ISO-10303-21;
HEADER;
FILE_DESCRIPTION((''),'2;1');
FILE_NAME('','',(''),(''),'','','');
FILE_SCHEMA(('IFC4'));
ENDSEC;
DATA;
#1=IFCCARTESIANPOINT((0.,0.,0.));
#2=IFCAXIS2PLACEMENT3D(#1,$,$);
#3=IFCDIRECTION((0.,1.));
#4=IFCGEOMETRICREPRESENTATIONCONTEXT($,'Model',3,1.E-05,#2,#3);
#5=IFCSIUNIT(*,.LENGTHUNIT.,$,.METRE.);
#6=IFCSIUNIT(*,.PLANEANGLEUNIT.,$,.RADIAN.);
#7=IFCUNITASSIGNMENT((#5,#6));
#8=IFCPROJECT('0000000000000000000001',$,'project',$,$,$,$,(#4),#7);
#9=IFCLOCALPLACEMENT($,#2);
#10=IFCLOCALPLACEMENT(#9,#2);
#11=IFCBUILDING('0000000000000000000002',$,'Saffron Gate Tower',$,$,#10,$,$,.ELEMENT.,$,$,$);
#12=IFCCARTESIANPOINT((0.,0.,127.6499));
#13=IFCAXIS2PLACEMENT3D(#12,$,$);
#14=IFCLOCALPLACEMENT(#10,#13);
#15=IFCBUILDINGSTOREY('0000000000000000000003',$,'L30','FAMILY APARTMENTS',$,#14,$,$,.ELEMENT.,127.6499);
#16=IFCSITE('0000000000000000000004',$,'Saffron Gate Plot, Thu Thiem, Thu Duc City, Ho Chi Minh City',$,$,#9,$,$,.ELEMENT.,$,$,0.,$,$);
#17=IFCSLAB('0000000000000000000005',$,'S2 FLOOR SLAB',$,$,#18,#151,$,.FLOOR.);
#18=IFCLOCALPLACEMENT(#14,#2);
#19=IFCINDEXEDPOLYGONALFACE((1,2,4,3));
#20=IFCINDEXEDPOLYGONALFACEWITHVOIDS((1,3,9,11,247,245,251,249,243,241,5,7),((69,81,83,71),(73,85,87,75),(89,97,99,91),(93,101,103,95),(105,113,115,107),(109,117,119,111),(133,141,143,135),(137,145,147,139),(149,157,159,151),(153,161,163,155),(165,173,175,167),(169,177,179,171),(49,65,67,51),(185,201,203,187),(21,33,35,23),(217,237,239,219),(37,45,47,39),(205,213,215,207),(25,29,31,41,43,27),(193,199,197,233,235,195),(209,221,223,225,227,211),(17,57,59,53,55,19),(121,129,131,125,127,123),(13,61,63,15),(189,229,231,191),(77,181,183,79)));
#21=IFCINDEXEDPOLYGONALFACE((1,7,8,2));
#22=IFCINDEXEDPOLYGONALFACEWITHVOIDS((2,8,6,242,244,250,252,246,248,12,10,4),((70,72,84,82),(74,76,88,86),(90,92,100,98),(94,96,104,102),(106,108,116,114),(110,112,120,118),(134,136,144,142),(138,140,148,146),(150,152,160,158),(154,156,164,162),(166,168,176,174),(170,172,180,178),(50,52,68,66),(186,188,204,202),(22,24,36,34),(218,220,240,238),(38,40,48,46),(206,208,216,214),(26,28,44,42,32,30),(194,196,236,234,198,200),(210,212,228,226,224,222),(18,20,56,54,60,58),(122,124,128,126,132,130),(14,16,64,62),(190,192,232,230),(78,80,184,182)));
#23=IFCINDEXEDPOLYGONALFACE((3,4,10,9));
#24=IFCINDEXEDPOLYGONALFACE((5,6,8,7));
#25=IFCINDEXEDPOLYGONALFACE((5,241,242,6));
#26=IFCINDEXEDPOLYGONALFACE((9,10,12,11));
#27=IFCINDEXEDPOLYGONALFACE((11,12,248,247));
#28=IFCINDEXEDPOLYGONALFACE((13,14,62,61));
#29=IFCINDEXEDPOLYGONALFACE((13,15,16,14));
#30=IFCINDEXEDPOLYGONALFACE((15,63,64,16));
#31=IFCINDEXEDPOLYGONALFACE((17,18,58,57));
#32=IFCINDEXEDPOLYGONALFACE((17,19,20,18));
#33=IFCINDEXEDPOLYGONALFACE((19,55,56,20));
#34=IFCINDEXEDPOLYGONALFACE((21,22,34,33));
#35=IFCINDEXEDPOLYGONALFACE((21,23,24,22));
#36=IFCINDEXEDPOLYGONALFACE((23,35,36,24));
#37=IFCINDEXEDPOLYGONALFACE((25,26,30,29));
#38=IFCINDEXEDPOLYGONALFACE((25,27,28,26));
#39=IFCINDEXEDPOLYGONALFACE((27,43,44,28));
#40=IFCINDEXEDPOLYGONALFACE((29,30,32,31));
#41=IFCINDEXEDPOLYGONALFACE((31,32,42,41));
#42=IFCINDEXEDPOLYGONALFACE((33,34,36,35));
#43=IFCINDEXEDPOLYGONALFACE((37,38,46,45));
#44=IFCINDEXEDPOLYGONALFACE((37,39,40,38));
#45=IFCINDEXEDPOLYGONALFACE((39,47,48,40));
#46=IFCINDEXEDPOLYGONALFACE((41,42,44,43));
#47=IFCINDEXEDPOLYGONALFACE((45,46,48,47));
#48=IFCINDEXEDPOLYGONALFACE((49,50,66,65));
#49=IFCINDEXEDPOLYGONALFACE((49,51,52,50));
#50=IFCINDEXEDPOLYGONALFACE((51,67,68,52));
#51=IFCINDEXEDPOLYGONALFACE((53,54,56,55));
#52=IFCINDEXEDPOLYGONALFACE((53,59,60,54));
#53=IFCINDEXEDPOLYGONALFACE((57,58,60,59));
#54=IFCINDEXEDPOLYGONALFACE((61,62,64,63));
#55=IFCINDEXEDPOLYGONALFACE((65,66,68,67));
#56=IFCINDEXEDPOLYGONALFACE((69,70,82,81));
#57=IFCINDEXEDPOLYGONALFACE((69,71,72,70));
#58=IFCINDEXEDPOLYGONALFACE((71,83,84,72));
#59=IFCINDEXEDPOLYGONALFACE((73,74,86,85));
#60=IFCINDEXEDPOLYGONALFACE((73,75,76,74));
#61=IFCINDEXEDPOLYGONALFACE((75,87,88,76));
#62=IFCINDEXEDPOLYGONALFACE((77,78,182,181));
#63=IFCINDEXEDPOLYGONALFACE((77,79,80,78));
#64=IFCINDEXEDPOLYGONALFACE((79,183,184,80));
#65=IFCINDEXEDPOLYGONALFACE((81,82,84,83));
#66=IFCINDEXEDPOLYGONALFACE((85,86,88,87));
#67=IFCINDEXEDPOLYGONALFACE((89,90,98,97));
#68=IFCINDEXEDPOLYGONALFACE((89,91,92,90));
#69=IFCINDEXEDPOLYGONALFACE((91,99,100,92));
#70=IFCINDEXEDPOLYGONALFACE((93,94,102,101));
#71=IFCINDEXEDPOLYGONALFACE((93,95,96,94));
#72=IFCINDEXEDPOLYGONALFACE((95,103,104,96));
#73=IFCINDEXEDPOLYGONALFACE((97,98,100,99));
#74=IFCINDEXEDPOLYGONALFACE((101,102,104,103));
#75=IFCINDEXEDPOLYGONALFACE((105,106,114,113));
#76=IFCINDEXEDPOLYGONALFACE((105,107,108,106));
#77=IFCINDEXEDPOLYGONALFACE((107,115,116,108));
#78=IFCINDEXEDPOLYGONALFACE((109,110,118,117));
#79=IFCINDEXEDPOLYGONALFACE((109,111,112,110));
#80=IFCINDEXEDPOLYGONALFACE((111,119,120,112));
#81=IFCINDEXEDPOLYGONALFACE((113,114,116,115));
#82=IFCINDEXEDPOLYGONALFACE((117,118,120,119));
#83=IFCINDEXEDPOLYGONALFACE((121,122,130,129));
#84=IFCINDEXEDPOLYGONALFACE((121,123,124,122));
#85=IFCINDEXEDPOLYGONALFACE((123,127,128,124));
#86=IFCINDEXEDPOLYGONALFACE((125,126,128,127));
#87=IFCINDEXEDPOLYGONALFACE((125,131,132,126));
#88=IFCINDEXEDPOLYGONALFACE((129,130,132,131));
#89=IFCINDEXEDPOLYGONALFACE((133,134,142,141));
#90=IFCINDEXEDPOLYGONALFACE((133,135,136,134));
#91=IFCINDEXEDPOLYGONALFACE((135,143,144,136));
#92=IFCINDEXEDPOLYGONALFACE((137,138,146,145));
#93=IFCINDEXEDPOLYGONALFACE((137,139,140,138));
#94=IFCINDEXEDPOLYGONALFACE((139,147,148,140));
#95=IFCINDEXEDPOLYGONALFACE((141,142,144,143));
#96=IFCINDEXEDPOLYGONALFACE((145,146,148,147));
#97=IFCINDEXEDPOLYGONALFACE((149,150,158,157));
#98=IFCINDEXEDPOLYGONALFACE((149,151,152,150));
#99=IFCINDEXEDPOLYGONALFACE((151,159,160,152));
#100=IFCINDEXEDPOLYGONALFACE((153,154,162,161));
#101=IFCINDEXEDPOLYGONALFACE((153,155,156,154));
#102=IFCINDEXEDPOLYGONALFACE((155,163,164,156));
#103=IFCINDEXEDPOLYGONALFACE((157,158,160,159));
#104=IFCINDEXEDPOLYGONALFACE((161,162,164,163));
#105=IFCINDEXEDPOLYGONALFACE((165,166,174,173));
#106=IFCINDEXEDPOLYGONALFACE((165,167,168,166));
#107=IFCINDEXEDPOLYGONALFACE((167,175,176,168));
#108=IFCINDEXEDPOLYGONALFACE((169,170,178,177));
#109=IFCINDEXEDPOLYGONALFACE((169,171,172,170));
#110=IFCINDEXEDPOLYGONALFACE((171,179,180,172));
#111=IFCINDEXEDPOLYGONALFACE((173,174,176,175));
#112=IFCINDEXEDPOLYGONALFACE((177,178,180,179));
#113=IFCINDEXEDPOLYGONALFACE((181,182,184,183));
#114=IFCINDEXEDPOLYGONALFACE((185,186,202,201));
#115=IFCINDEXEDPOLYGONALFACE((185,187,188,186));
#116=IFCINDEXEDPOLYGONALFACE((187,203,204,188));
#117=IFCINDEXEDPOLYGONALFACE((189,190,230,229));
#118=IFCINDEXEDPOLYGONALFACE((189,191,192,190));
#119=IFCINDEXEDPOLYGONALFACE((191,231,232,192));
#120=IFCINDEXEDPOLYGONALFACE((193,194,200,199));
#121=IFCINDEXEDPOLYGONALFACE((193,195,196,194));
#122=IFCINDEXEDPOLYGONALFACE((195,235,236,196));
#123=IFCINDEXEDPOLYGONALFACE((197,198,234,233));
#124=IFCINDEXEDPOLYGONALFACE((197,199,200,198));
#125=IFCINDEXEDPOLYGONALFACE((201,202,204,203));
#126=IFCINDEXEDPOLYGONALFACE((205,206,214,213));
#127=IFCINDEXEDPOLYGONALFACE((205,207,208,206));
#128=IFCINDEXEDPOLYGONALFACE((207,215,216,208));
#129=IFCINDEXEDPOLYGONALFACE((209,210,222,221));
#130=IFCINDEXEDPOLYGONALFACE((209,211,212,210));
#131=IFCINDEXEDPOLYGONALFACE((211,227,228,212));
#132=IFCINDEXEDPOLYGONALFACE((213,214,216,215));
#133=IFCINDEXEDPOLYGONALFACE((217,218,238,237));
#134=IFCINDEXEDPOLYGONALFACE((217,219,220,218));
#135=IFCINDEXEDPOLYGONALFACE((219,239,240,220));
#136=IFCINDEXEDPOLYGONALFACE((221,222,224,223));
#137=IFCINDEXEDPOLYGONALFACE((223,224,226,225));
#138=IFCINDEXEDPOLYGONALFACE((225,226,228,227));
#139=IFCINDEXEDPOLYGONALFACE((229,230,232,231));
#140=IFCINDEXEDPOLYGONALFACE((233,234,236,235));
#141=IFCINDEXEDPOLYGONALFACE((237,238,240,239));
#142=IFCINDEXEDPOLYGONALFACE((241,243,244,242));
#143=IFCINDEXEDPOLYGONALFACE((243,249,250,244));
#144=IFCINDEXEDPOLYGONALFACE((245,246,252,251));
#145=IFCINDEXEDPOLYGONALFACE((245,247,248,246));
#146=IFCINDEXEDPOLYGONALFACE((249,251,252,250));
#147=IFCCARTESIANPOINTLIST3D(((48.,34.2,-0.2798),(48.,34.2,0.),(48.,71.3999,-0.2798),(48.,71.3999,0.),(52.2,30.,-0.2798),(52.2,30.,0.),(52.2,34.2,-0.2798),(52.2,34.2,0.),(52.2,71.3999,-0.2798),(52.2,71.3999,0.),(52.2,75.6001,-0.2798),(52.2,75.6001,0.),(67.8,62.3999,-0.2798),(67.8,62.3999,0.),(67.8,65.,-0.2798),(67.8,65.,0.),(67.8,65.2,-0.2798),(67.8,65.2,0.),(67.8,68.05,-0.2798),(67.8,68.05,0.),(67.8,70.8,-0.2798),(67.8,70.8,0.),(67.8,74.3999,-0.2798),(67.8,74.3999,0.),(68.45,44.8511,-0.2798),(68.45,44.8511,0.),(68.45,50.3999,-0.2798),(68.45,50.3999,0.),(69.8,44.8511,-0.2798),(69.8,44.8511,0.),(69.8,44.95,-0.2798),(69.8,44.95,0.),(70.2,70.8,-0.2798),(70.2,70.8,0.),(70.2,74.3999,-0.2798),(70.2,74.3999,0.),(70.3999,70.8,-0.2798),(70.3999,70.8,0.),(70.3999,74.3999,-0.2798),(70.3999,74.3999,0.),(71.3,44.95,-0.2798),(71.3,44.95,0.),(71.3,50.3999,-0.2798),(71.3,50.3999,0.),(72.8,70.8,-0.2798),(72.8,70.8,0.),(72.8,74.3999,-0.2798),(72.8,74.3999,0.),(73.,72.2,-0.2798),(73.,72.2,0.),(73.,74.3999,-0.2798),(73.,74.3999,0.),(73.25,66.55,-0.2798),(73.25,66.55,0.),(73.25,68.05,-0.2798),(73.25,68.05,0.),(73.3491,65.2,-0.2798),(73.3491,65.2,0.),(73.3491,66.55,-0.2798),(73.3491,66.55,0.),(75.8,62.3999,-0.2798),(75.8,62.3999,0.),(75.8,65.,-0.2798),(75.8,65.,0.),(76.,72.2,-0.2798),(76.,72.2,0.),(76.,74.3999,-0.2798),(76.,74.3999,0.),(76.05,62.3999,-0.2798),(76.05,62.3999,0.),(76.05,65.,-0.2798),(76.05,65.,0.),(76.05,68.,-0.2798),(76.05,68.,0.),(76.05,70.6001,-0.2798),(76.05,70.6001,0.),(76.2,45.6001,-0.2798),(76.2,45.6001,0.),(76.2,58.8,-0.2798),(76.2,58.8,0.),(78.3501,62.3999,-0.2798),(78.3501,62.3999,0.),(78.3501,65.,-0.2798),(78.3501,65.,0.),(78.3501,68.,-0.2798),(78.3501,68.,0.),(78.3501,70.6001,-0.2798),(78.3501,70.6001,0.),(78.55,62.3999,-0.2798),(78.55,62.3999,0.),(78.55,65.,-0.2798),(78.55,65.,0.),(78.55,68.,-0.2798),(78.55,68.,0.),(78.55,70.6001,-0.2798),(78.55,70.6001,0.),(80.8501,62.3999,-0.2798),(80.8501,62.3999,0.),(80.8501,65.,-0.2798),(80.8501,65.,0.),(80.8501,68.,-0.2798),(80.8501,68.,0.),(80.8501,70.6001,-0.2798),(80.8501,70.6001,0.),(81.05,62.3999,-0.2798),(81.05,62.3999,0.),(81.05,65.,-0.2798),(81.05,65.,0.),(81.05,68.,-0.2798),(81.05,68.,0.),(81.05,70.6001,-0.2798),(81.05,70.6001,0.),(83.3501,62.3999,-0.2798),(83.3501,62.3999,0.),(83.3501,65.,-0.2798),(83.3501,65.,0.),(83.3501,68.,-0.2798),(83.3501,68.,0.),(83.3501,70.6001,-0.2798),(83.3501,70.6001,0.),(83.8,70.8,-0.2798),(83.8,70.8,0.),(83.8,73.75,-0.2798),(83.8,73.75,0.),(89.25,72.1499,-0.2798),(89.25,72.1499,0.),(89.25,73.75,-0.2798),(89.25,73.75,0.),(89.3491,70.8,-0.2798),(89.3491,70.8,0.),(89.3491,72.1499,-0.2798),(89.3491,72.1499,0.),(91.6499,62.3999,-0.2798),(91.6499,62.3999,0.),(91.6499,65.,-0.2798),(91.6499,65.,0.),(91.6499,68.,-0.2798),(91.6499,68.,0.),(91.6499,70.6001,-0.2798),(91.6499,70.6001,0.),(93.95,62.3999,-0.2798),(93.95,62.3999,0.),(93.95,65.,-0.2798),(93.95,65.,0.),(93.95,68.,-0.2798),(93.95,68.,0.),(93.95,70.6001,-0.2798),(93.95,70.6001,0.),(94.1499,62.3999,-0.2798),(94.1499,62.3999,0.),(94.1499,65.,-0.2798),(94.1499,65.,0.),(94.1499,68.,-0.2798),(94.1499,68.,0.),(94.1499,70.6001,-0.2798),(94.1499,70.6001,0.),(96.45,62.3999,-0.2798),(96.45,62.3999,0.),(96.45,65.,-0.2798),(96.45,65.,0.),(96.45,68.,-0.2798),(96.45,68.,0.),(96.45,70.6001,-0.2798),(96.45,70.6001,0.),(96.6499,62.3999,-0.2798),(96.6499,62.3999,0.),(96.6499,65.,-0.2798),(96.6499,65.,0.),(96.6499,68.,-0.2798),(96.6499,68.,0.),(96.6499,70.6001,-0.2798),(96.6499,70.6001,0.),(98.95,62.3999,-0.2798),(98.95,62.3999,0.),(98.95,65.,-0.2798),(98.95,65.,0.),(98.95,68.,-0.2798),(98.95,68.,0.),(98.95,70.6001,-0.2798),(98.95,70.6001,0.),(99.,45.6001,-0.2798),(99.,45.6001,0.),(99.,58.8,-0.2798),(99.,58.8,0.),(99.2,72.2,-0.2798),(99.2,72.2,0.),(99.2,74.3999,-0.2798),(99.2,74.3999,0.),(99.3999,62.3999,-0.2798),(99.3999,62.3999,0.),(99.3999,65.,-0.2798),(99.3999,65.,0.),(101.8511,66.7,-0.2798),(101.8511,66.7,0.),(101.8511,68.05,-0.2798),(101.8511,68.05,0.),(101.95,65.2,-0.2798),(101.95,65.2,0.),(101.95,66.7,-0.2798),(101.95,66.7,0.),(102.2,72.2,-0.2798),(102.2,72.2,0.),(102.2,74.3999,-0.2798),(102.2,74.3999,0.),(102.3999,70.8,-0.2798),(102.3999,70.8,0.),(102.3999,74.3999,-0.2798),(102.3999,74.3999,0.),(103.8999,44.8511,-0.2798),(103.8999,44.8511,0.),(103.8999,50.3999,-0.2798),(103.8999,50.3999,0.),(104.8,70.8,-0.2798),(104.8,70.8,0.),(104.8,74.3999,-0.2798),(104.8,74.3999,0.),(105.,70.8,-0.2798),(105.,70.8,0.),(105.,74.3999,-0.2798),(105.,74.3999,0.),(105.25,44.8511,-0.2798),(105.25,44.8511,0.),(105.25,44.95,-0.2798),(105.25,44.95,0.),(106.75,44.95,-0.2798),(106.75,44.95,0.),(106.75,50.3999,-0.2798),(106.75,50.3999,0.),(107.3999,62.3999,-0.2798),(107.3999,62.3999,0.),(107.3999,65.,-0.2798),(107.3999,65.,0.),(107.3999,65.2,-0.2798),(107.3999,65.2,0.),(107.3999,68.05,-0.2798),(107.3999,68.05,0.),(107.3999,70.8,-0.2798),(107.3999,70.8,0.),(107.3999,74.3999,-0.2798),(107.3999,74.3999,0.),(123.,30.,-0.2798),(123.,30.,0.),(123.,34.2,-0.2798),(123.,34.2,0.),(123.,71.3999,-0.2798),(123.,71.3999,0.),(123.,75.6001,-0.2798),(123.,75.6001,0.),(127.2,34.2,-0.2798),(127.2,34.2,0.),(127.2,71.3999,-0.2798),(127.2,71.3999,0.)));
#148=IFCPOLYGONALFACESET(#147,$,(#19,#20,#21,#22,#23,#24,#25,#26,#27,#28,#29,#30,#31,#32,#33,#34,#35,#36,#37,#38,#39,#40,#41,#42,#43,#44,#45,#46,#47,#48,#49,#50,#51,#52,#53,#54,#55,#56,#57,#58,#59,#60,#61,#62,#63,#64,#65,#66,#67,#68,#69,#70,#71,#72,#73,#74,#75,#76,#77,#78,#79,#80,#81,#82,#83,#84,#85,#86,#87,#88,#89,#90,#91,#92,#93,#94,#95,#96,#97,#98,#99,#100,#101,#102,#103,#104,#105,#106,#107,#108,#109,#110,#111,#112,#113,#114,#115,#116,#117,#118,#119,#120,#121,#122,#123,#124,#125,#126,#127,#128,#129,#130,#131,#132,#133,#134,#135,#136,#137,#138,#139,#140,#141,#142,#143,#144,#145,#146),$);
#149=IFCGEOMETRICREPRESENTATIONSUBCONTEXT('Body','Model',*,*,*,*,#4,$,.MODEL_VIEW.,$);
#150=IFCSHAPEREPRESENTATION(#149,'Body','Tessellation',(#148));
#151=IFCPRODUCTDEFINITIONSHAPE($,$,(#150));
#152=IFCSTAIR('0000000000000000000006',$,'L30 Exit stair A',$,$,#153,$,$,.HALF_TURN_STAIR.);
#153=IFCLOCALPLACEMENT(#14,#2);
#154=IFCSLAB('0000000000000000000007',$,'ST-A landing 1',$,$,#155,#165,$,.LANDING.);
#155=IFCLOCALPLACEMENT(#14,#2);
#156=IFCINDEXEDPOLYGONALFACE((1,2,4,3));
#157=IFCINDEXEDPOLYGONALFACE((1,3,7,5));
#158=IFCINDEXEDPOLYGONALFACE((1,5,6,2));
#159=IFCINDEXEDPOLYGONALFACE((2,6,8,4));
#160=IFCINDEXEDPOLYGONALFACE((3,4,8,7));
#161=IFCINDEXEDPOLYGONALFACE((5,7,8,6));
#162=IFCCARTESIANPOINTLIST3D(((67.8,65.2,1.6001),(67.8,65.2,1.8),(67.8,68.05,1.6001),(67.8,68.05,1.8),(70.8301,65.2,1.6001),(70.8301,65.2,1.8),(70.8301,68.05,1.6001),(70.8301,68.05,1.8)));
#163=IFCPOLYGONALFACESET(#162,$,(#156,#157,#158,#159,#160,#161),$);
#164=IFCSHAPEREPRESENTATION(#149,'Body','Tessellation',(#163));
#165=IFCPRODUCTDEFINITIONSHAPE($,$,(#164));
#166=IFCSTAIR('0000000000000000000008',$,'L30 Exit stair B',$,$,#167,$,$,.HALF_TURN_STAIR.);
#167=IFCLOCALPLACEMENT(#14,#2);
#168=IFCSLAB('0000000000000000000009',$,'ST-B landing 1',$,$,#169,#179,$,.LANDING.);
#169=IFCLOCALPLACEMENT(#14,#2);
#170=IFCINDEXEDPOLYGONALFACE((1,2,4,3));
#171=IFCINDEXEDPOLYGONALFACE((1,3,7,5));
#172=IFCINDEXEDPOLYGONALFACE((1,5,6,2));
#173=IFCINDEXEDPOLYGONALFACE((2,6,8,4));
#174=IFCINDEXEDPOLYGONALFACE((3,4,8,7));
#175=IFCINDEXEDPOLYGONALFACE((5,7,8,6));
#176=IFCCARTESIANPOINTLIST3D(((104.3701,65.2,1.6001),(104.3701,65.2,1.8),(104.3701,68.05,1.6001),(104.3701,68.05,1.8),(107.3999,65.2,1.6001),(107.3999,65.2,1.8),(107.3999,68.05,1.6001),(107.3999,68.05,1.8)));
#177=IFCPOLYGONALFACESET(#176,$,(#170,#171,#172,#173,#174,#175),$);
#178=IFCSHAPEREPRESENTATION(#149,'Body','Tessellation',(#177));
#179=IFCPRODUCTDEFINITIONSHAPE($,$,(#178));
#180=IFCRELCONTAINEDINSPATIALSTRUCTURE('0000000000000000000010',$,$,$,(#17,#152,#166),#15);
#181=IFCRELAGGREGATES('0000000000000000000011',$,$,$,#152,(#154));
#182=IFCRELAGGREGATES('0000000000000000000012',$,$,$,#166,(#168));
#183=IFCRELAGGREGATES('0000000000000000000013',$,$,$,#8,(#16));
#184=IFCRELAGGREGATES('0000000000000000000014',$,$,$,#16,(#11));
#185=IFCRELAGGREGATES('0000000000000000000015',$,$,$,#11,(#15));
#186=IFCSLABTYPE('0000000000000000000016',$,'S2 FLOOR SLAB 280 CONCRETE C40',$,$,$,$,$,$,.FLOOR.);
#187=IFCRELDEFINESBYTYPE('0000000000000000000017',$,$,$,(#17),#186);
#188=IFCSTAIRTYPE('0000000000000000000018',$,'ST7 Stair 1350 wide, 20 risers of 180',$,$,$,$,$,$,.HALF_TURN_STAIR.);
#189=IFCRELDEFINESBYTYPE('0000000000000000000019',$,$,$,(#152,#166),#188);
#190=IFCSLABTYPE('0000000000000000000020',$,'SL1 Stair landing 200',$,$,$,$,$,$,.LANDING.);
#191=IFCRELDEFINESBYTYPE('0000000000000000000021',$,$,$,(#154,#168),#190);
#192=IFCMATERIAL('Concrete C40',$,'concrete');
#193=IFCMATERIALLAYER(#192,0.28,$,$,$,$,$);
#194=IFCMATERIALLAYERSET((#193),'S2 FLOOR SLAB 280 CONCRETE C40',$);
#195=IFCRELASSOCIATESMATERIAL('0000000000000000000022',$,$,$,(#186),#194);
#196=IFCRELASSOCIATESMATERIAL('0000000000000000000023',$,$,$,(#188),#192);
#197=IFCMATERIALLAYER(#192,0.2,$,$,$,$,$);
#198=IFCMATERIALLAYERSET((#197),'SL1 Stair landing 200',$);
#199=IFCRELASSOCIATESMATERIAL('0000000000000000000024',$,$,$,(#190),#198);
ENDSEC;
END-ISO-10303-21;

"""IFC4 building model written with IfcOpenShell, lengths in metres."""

from ifc_helpers import new_model, si_unit, direction, frame, origin, place, context, subcontext, project, spatial, polyline, outline, extrude, material, layer, layer_set, type_object, element, aggregate, save


model = new_model("IFC4")

# Units and contexts
model_context = context("Model", 3, precision=1e-05, world=origin(), true_north=direction((0.0, 1.0)))
body_context = subcontext(model_context, "Body", "Model", "MODEL_VIEW")
ifc_project = project(units=[si_unit("LENGTHUNIT", "METRE"), si_unit("PLANEANGLEUNIT", "RADIAN")], contexts=[model_context])

# Site, building, storey
site_placement = place(None, origin())
site = spatial("IfcSite", under=ifc_project, at=site_placement, Name="Saffron Gate Plot, Thu Thiem, Thu Duc City, Ho Chi Minh City", CompositionType="ELEMENT", RefElevation=0.0)
building_placement = place(site_placement, origin())
building = spatial("IfcBuilding", under=site, at=building_placement, Name="Saffron Gate Tower", CompositionType="ELEMENT")
storey_placement = place(building_placement, frame((0.0, 0.0, 127.6499)))
storey = spatial("IfcBuildingStorey", under=building, at=storey_placement, Name="L30", Description="FAMILY APARTMENTS", CompositionType="ELEMENT", Elevation=127.6499)

# Slab
ifc_material_1 = material(Name="Concrete C40", Category="concrete")
ifc_layer_1 = layer(ifc_material_1, 0.28)
ifc_layer_set_1 = layer_set([ifc_layer_1], Name="S2 FLOOR SLAB 280 CONCRETE C40")
slab_type_1 = type_object("IfcSlabType", Name="S2 FLOOR SLAB 280 CONCRETE C40", PredefinedType="FLOOR", material=ifc_layer_set_1)
slab_1_placement = place(storey_placement, frame((0.0, 0.0, -0.2798)))
element("IfcSlab", 1, at=slab_1_placement, inside=storey, type_object=slab_type_1, Name="S2 FLOOR SLAB", PredefinedType="FLOOR", context=body_context, shape_type="SweptSolid", body=[
    extrude(outline(polyline([(48.0, 34.2), (52.2, 34.2), (52.2, 30.0), (123.0, 30.0), (123.0, 34.2), (127.2, 34.2), (127.2, 71.3999), (123.0, 71.3999), (123.0, 75.6001), (52.2, 75.6001), (52.2, 71.3999), (48.0, 71.3999), (48.0, 34.2)]), holes=[polyline([(67.8, 62.3999), (67.8, 65.0), (75.8, 65.0), (75.8, 62.3999), (67.8, 62.3999)]), polyline([(67.8, 65.2), (67.8, 68.05), (73.25, 68.05), (73.25, 66.55), (73.3491, 66.55), (73.3491, 65.2), (67.8, 65.2)]), polyline([(67.8, 70.8), (67.8, 74.3999), (70.2, 74.3999), (70.2, 70.8), (67.8, 70.8)]), polyline([(68.45, 44.8511), (68.45, 50.3999), (71.3, 50.3999), (71.3, 44.95), (69.8, 44.95), (69.8, 44.8511), (68.45, 44.8511)]), polyline([(70.3999, 70.8), (70.3999, 74.3999), (72.8, 74.3999), (72.8, 70.8), (70.3999, 70.8)]), polyline([(73.0, 72.2), (73.0, 74.3999), (76.0, 74.3999), (76.0, 72.2), (73.0, 72.2)]), polyline([(76.05, 62.3999), (76.05, 65.0), (78.3501, 65.0), (78.3501, 62.3999), (76.05, 62.3999)]), polyline([(76.05, 68.0), (76.05, 70.6001), (78.3501, 70.6001), (78.3501, 68.0), (76.05, 68.0)]), polyline([(76.2, 45.6001), (76.2, 58.8), (99.0, 58.8), (99.0, 45.6001), (76.2, 45.6001)]), polyline([(78.55, 62.3999), (78.55, 65.0), (80.8501, 65.0), (80.8501, 62.3999), (78.55, 62.3999)]), polyline([(78.55, 68.0), (78.55, 70.6001), (80.8501, 70.6001), (80.8501, 68.0), (78.55, 68.0)]), polyline([(81.05, 62.3999), (81.05, 65.0), (83.3501, 65.0), (83.3501, 62.3999), (81.05, 62.3999)]), polyline([(81.05, 68.0), (81.05, 70.6001), (83.3501, 70.6001), (83.3501, 68.0), (81.05, 68.0)]), polyline([(83.8, 70.8), (83.8, 73.75), (89.25, 73.75), (89.25, 72.1499), (89.3491, 72.1499), (89.3491, 70.8), (83.8, 70.8)]), polyline([(91.6499, 62.3999), (91.6499, 65.0), (93.95, 65.0), (93.95, 62.3999), (91.6499, 62.3999)]), polyline([(91.6499, 68.0), (91.6499, 70.6001), (93.95, 70.6001), (93.95, 68.0), (91.6499, 68.0)]), polyline([(94.1499, 62.3999), (94.1499, 65.0), (96.45, 65.0), (96.45, 62.3999), (94.1499, 62.3999)]), polyline([(94.1499, 68.0), (94.1499, 70.6001), (96.45, 70.6001), (96.45, 68.0), (94.1499, 68.0)]), polyline([(96.6499, 62.3999), (96.6499, 65.0), (98.95, 65.0), (98.95, 62.3999), (96.6499, 62.3999)]), polyline([(96.6499, 68.0), (96.6499, 70.6001), (98.95, 70.6001), (98.95, 68.0), (96.6499, 68.0)]), polyline([(99.2, 72.2), (99.2, 74.3999), (102.2, 74.3999), (102.2, 72.2), (99.2, 72.2)]), polyline([(99.3999, 62.3999), (99.3999, 65.0), (107.3999, 65.0), (107.3999, 62.3999), (99.3999, 62.3999)]), polyline([(101.8511, 66.7), (101.8511, 68.05), (107.3999, 68.05), (107.3999, 65.2), (101.95, 65.2), (101.95, 66.7), (101.8511, 66.7)]), polyline([(102.3999, 70.8), (102.3999, 74.3999), (104.8, 74.3999), (104.8, 70.8), (102.3999, 70.8)]), polyline([(103.8999, 44.8511), (103.8999, 50.3999), (106.75, 50.3999), (106.75, 44.95), (105.25, 44.95), (105.25, 44.8511), (103.8999, 44.8511)]), polyline([(105.0, 70.8), (105.0, 74.3999), (107.3999, 74.3999), (107.3999, 70.8), (105.0, 70.8)])]), origin(), (0.0, 0.0, 1.0), 0.2798),
])

# Stairs, slabs
stair_type = type_object("IfcStairType", Name="ST7 Stair 1350 wide, 20 risers of 180", PredefinedType="HALF_TURN_STAIR", material=ifc_material_1)
stair_1_placement = place(storey_placement, origin())
stair_1 = element("IfcStair", 2, at=stair_1_placement, inside=storey, type_object=stair_type, Name="L30 Exit stair A", PredefinedType="HALF_TURN_STAIR")
ifc_layer_2 = layer(ifc_material_1, 0.2)
ifc_layer_set_2 = layer_set([ifc_layer_2], Name="SL1 Stair landing 200")
slab_type_2 = type_object("IfcSlabType", Name="SL1 Stair landing 200", PredefinedType="LANDING", material=ifc_layer_set_2)
slab_2_placement = place(storey_placement, frame((0.0, 0.0, 1.6001)))
slab_2 = element("IfcSlab", 3, at=slab_2_placement, type_object=slab_type_2, Name="ST-A landing 1", PredefinedType="LANDING", context=body_context, shape_type="SweptSolid", body=[
    extrude(outline(polyline([(70.8301, 68.05), (67.8, 68.05), (67.8, 65.2), (70.8301, 65.2), (70.8301, 68.05)])), origin(), (0.0, 0.0, 1.0), 0.2),
])
aggregate(stair_1, [slab_2])
stair_2_placement = place(storey_placement, origin())
stair_2 = element("IfcStair", 4, at=stair_2_placement, inside=storey, type_object=stair_type, Name="L30 Exit stair B", PredefinedType="HALF_TURN_STAIR")
slab_3_placement = place(storey_placement, frame((0.0, 0.0, 1.6001)))
slab_3 = element("IfcSlab", 5, at=slab_3_placement, type_object=slab_type_2, Name="ST-B landing 1", PredefinedType="LANDING", context=body_context, shape_type="SweptSolid", body=[
    extrude(outline(polyline([(104.3701, 65.2), (107.3999, 65.2), (107.3999, 68.05), (104.3701, 68.05), (104.3701, 65.2)])), origin(), (0.0, 0.0, 1.0), 0.2),
])
aggregate(stair_2, [slab_3])

save(model, "model.ifc")
